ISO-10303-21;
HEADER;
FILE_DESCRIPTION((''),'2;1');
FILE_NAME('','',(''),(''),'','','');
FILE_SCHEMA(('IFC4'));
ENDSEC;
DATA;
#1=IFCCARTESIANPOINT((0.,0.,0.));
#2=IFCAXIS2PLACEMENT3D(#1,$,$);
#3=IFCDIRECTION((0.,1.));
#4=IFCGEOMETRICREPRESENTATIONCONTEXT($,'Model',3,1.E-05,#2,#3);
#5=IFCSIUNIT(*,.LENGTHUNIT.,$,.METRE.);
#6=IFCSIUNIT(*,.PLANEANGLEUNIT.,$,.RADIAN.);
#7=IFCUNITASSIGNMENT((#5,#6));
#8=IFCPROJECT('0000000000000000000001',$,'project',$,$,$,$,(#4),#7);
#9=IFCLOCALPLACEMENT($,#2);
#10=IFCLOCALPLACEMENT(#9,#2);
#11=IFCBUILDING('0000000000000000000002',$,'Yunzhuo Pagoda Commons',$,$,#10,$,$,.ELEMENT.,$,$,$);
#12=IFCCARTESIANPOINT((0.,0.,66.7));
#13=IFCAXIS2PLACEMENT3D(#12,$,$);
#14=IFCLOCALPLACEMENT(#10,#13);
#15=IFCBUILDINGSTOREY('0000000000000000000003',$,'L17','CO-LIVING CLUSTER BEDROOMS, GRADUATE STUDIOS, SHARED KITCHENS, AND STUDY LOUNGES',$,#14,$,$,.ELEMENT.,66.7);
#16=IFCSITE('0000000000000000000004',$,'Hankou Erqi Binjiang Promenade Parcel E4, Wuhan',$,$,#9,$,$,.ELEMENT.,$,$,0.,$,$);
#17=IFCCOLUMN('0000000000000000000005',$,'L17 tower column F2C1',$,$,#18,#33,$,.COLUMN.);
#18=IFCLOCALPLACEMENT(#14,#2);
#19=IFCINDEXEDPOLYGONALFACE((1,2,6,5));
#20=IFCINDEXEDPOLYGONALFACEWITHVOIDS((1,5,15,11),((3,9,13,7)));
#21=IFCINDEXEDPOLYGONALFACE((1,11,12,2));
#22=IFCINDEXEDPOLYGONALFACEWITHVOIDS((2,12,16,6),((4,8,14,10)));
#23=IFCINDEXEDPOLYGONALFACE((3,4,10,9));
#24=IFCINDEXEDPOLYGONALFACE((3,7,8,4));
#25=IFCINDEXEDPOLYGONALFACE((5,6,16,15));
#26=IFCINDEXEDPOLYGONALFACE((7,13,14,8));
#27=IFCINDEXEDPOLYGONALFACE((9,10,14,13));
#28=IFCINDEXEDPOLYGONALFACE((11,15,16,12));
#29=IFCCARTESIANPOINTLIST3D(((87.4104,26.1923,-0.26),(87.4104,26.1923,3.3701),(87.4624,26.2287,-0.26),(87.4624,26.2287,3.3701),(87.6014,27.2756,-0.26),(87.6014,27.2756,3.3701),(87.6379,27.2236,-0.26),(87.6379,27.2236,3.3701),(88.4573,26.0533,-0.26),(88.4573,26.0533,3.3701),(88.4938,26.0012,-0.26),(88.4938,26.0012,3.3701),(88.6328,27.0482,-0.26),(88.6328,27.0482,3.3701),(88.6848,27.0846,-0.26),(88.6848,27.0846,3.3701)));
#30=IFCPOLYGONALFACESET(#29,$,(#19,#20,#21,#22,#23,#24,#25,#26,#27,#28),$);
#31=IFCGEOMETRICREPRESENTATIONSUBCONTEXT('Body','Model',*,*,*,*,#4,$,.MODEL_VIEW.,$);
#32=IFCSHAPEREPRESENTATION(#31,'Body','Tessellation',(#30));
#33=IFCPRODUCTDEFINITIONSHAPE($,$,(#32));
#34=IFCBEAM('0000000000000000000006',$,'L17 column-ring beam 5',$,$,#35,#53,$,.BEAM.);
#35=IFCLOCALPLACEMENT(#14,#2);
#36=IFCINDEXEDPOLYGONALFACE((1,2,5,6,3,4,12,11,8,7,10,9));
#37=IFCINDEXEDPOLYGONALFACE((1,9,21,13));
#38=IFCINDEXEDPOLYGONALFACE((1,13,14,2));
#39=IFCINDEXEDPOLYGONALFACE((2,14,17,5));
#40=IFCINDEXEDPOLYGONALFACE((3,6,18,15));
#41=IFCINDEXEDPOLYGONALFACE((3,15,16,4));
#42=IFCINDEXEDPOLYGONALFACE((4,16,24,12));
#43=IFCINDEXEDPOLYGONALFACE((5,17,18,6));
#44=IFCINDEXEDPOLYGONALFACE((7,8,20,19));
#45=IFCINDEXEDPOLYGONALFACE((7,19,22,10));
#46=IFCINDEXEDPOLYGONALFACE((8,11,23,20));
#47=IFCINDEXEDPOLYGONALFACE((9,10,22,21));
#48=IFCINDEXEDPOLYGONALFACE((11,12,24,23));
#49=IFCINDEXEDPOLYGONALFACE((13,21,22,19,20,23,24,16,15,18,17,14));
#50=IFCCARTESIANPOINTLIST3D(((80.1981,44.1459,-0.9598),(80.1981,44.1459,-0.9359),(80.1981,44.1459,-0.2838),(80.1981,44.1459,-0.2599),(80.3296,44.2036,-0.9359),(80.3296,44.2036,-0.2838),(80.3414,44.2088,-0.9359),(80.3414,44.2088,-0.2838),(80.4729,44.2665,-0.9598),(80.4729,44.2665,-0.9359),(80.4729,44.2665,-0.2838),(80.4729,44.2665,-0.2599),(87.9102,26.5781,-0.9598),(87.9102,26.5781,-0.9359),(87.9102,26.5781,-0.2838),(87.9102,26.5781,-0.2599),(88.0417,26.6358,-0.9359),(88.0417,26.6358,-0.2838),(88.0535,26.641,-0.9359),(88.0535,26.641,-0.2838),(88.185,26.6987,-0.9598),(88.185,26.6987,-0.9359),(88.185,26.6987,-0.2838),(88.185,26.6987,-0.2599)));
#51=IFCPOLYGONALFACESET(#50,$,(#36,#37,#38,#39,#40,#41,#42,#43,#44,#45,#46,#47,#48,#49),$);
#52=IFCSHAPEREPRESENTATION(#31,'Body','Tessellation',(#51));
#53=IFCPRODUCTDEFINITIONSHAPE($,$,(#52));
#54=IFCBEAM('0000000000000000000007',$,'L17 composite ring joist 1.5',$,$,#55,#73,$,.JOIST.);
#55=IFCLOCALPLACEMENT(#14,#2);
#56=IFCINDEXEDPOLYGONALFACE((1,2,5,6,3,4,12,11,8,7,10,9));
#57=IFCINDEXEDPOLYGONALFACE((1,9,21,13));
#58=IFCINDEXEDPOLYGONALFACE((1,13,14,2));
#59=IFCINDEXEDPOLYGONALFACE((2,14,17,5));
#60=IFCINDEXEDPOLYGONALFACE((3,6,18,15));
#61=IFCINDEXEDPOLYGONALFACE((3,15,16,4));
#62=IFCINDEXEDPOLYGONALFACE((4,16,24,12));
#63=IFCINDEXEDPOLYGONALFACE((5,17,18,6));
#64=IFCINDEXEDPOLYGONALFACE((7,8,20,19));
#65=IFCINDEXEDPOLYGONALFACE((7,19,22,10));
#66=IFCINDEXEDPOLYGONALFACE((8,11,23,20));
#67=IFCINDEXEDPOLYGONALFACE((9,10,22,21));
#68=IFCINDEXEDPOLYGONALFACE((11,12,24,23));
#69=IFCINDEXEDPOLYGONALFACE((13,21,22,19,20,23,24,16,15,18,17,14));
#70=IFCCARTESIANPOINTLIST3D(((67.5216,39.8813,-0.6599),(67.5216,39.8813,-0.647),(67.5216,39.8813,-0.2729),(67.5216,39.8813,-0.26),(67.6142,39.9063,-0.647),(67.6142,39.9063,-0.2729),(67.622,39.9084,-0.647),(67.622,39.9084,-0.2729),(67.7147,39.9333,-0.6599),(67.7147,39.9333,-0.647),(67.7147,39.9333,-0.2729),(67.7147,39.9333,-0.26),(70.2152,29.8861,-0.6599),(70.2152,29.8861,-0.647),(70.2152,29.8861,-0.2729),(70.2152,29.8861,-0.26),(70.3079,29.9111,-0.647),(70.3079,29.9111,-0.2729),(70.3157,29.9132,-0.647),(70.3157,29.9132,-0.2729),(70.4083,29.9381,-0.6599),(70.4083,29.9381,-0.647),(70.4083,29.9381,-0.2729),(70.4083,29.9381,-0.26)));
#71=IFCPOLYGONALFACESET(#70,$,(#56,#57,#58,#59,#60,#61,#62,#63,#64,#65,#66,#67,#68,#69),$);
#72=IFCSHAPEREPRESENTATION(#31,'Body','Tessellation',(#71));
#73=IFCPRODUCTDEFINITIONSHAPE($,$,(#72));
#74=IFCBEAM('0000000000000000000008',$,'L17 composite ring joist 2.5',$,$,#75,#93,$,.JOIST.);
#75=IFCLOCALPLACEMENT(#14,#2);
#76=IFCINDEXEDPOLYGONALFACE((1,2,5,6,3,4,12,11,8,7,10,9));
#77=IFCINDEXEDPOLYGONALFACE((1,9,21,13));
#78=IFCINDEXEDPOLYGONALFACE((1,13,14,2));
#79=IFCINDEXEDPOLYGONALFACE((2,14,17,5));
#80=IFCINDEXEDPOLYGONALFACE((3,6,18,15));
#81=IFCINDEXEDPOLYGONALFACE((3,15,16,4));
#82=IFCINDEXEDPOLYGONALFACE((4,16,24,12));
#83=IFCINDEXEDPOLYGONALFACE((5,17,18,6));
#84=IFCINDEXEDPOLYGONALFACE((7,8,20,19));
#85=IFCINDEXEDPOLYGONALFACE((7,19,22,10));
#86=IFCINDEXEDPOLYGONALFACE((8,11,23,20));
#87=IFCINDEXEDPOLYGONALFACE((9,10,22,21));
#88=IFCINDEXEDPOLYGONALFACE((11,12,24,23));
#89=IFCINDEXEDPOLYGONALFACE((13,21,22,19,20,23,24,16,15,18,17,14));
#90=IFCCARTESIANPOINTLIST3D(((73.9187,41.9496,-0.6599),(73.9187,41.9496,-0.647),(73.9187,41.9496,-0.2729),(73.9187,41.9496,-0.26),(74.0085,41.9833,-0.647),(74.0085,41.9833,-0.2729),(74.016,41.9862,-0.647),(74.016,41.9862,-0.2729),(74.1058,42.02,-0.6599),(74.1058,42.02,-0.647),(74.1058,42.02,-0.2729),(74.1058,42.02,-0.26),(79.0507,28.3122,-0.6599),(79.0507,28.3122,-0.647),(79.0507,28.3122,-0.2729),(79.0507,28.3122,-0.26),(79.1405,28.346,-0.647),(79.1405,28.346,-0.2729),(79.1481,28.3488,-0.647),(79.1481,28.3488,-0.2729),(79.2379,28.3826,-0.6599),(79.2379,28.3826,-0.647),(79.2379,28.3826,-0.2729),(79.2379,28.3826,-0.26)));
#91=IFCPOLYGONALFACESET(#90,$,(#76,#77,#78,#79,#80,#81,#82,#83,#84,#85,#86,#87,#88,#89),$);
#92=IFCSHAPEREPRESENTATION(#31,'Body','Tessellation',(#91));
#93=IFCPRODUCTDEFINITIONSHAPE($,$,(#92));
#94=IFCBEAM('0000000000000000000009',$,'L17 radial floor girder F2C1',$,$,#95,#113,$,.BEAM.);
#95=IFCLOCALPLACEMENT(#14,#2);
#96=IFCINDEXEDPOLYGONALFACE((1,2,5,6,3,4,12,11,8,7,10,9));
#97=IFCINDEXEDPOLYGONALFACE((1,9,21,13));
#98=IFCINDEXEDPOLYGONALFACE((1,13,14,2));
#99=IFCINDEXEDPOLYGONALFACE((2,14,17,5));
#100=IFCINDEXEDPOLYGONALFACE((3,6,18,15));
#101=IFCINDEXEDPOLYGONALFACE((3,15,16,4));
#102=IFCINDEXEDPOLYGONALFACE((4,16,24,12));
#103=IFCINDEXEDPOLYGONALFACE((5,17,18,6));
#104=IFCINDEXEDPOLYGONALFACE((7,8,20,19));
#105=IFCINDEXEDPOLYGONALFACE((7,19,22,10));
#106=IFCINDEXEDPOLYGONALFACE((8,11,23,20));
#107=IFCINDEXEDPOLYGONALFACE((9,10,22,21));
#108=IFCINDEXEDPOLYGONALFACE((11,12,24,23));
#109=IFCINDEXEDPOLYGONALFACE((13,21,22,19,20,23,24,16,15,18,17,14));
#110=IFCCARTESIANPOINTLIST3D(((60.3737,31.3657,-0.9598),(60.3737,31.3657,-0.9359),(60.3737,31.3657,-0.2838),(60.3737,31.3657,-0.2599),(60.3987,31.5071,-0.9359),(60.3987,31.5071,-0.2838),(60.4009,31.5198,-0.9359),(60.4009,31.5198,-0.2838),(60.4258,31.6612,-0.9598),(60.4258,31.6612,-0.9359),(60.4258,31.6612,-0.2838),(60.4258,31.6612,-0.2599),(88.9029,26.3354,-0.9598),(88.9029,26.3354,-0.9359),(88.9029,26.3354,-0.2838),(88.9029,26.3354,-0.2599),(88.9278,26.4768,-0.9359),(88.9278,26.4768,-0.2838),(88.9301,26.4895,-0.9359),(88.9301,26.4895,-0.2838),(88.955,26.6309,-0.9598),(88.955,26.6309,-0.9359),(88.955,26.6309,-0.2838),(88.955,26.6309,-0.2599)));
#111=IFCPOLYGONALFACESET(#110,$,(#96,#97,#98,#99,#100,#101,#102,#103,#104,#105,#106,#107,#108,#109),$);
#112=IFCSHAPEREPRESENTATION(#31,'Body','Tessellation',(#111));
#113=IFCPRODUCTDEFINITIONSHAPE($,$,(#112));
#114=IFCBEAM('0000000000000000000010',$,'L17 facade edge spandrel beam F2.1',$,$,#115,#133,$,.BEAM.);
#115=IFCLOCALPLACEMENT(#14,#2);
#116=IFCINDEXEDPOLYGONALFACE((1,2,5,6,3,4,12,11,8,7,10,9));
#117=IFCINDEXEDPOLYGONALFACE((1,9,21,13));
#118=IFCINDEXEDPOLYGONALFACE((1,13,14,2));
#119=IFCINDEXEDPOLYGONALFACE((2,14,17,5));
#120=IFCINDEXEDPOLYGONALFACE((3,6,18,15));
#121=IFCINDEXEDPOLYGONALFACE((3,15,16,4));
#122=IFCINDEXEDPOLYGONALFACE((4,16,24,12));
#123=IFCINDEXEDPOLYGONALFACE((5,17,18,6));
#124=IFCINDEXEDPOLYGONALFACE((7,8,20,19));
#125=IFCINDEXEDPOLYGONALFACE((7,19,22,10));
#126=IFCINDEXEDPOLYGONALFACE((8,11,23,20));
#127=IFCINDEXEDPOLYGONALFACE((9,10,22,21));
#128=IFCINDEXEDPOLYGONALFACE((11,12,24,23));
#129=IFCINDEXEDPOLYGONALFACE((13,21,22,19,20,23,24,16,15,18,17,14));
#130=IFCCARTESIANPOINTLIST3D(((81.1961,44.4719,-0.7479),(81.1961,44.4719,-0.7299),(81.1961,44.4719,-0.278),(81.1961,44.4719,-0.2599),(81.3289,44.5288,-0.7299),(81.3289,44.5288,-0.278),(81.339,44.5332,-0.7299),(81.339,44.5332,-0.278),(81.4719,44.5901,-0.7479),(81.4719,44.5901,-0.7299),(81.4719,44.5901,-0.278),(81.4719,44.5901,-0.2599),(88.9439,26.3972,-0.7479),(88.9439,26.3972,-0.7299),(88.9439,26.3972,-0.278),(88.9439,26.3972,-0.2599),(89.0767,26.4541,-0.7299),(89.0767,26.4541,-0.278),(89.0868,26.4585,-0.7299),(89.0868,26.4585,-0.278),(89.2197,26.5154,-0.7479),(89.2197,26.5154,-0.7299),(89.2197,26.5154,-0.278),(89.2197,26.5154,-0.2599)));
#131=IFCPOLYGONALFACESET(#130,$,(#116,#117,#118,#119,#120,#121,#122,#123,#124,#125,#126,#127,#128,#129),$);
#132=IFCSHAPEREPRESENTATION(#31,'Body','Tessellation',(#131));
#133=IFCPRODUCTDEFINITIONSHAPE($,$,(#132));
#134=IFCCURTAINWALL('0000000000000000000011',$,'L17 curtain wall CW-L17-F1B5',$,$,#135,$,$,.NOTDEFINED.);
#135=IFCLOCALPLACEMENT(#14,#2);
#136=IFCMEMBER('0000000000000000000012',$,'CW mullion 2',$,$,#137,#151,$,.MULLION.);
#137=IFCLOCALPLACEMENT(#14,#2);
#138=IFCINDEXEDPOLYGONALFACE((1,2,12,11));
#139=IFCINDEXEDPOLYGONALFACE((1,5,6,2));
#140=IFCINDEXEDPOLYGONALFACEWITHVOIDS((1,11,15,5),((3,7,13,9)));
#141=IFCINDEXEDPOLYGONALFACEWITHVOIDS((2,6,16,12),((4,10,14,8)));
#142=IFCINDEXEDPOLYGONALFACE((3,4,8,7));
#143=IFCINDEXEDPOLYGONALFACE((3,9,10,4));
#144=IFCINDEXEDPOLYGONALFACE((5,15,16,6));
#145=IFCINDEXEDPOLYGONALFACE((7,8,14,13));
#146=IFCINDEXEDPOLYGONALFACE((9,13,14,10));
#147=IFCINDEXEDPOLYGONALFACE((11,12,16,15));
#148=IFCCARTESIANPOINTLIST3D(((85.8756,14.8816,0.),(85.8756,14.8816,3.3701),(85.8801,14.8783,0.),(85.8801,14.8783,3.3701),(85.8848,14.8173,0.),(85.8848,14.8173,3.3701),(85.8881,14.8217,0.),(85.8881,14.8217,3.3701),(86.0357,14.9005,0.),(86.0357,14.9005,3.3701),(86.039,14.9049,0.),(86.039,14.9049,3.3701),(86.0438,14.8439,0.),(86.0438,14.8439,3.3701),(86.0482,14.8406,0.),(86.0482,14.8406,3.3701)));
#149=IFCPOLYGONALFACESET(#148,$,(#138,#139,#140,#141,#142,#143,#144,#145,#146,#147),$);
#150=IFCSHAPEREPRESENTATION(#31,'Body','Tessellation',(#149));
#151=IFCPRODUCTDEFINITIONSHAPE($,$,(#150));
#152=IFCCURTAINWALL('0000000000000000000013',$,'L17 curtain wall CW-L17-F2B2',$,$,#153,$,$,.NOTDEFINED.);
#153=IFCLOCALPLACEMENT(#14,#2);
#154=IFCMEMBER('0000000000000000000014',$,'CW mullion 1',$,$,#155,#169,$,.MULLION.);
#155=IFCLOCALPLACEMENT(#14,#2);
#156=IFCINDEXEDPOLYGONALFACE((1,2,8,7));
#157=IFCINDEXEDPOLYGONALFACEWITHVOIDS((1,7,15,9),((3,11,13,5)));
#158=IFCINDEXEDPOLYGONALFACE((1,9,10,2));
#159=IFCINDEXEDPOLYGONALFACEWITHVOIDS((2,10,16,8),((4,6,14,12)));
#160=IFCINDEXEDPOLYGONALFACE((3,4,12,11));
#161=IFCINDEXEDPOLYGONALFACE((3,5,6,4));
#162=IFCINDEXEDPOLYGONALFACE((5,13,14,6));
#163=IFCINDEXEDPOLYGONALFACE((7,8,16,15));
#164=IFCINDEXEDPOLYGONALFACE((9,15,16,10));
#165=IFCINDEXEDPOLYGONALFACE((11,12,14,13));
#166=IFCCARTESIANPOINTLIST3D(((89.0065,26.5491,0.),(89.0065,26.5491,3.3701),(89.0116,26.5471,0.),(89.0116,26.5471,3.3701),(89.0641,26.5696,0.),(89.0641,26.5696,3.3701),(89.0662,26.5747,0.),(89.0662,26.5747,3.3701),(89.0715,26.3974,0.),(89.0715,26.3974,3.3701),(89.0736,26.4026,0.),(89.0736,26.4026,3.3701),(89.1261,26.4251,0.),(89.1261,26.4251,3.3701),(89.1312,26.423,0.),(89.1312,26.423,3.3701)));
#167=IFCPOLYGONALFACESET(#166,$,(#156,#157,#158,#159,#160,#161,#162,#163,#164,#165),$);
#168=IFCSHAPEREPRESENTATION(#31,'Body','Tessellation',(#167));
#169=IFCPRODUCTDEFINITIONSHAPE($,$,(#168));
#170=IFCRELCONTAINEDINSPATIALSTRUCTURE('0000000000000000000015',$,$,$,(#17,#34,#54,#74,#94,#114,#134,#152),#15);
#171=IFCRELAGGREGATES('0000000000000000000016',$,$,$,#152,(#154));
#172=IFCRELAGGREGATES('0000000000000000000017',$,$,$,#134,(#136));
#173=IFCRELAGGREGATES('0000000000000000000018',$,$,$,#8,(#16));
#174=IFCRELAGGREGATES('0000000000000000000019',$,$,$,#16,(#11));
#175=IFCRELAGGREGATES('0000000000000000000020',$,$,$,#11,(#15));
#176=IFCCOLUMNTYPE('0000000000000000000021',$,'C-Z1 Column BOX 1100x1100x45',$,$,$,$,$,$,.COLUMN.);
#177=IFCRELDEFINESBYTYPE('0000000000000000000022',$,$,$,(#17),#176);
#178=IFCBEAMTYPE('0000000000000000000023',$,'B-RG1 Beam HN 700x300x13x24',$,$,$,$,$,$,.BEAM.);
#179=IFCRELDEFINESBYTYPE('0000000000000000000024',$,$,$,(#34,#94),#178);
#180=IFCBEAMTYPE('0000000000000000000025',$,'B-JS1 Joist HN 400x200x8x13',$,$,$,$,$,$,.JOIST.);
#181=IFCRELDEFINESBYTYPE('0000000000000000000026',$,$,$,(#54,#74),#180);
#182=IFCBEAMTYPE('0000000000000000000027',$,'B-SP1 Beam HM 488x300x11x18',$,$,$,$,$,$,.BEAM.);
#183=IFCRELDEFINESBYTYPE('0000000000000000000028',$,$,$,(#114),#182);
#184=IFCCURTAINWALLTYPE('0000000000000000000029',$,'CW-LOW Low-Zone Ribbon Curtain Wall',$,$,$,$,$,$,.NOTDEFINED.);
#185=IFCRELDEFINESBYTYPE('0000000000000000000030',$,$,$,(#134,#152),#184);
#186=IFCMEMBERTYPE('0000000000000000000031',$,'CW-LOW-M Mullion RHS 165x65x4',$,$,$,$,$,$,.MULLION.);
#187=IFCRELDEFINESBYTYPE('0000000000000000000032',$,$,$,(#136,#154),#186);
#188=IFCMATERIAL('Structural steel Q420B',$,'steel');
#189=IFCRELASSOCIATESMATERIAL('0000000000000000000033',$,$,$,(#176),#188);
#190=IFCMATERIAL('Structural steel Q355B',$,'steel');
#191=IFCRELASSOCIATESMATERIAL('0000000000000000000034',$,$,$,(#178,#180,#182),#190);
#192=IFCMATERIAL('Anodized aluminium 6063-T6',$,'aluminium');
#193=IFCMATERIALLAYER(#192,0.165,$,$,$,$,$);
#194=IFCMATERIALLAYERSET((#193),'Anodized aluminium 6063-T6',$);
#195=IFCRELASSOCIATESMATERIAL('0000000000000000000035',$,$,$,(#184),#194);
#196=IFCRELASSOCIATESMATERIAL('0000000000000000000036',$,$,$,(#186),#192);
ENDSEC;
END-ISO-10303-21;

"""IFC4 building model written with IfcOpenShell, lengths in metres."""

from ifc_helpers import new_model, si_unit, direction, frame, origin, origin_2d, place, context, subcontext, project, spatial, hollow_rectangle, i_section, extrude, source, transform, mapped, material, layer, layer_set, material_profile, profile_set, type_object, element, aggregate, save


model = new_model("IFC4")

# Units and contexts
model_context = context("Model", 3, precision=1e-05, world=origin(), true_north=direction((0.0, 1.0)))
body_context = subcontext(model_context, "Body", "Model", "MODEL_VIEW")
ifc_project = project(units=[si_unit("LENGTHUNIT", "METRE"), si_unit("PLANEANGLEUNIT", "RADIAN")], contexts=[model_context])

# Site, building, storey
site_placement = place(None, origin())
site = spatial("IfcSite", under=ifc_project, at=site_placement, Name="Hankou Erqi Binjiang Promenade Parcel E4, Wuhan", CompositionType="ELEMENT", RefElevation=0.0)
building_placement = place(site_placement, origin())
building = spatial("IfcBuilding", under=site, at=building_placement, Name="Yunzhuo Pagoda Commons", CompositionType="ELEMENT")
storey_placement = place(building_placement, frame((0.0, 0.0, 66.7)))
storey = spatial("IfcBuildingStorey", under=building, at=storey_placement, Name="L17", Description="CO-LIVING CLUSTER BEDROOMS, GRADUATE STUDIOS, SHARED KITCHENS, AND STUDY LOUNGES", CompositionType="ELEMENT", Elevation=66.7)

# Column
ifc_material_1 = material(Name="Structural steel Q420B", Category="steel")
ifc_material_profile_1 = material_profile(ifc_material_1, hollow_rectangle(XDim=1.1001, YDim=1.1001, WallThickness=0.0449, at=origin_2d()), Name="Structural steel Q420B")
ifc_profile_set_1 = profile_set([ifc_material_profile_1], Name="Structural steel Q420B")
column_type = type_object("IfcColumnType", Name="C-Z1 Column BOX 1100x1100x45", PredefinedType="COLUMN", material=ifc_profile_set_1)
shared_shape_1 = source(origin(), body_context, "Body", "SweptSolid", [
    extrude(hollow_rectangle(XDim=1.1001, YDim=1.1001, WallThickness=0.0449, at=origin_2d()), origin(), (0.0, 0.0, 1.0), 3.6301),
])
column_placement = place(storey_placement, frame((88.0476, 26.6384, -0.26), z_axis=(0.0, 0.0, 1.0), x_axis=(0.173648, 0.984808, 0.0)))
element("IfcColumn", 1, at=column_placement, inside=storey, type_object=column_type, Name="L17 tower column F2C1", PredefinedType="COLUMN", context=body_context, shape_type="MappedRepresentation", body=[
    mapped(shared_shape_1, transform((0.0, 0.0, 0.0), scale=1.0)),
])

# Beams
ifc_material_2 = material(Name="Structural steel Q355B", Category="steel")
ifc_material_profile_2 = material_profile(ifc_material_2, i_section(OverallWidth=0.3, OverallDepth=0.7, WebThickness=0.0129, FlangeThickness=0.0239, at=origin_2d()), Name="Structural steel Q355B")
ifc_profile_set_2 = profile_set([ifc_material_profile_2], Name="Structural steel Q355B")
beam_type_1 = type_object("IfcBeamType", Name="B-RG1 Beam HN 700x300x13x24", PredefinedType="BEAM", material=ifc_profile_set_2)
shared_shape_2 = source(origin(), body_context, "Body", "SweptSolid", [
    extrude(i_section(OverallWidth=0.3, OverallDepth=0.7, WebThickness=0.0129, FlangeThickness=0.0239, at=origin_2d()), origin(), (0.0, 0.0, 1.0), 19.186),
])
beam_1_placement = place(storey_placement, frame((88.0476, 26.6384, -0.6099), z_axis=(-0.401965, 0.915655, 0.0), x_axis=(-0.915655, -0.401965, 0.0)))
element("IfcBeam", 2, at=beam_1_placement, inside=storey, type_object=beam_type_1, Name="L17 column-ring beam 5", PredefinedType="BEAM", context=body_context, shape_type="MappedRepresentation", body=[
    mapped(shared_shape_2, transform((0.0, 0.0, 0.0), scale=1.0)),
])
ifc_material_profile_3 = material_profile(ifc_material_2, i_section(OverallWidth=0.2, OverallDepth=0.3999, WebThickness=0.0081, FlangeThickness=0.0129, at=origin_2d()), Name="Structural steel Q355B")
ifc_profile_set_3 = profile_set([ifc_material_profile_3], Name="Structural steel Q355B")
beam_type_2 = type_object("IfcBeamType", Name="B-JS1 Joist HN 400x200x8x13", PredefinedType="JOIST", material=ifc_profile_set_3)
shared_shape_3 = source(origin(), body_context, "Body", "SweptSolid", [
    extrude(i_section(OverallWidth=0.2, OverallDepth=0.3999, WebThickness=0.0081, FlangeThickness=0.0129, at=origin_2d()), origin(), (0.0, 0.0, 1.0), 10.3518),
])
beam_2_placement = place(storey_placement, frame((70.3118, 29.9121, -0.46), z_axis=(-0.260209, 0.965552, 0.0), x_axis=(-0.965552, -0.260209, 0.0)))
element("IfcBeam", 3, at=beam_2_placement, inside=storey, type_object=beam_type_2, Name="L17 composite ring joist 1.5", PredefinedType="JOIST", context=body_context, shape_type="MappedRepresentation", body=[
    mapped(shared_shape_3, transform((0.0, 0.0, 0.0), scale=1.0)),
])
shared_shape_4 = source(origin(), body_context, "Body", "SweptSolid", [
    extrude(i_section(OverallWidth=0.2, OverallDepth=0.3999, WebThickness=0.0081, FlangeThickness=0.0129, at=origin_2d()), origin(), (0.0, 0.0, 1.0), 14.571),
])
beam_3_placement = place(storey_placement, frame((79.1443, 28.3474, -0.46), z_axis=(-0.352208, 0.935922, 0.0), x_axis=(-0.935922, -0.352208, 0.0)))
element("IfcBeam", 4, at=beam_3_placement, inside=storey, type_object=beam_type_2, Name="L17 composite ring joist 2.5", PredefinedType="JOIST", context=body_context, shape_type="MappedRepresentation", body=[
    mapped(shared_shape_4, transform((0.0, 0.0, 0.0), scale=1.0)),
])
shared_shape_5 = source(origin(), body_context, "Body", "SweptSolid", [
    extrude(i_section(OverallWidth=0.3, OverallDepth=0.7, WebThickness=0.0129, FlangeThickness=0.0239, at=origin_2d()), origin(), (0.0, 0.0, 1.0), 28.9692),
])
beam_4_placement = place(storey_placement, frame((88.929, 26.4832, -0.6099), z_axis=(-0.984809, 0.173643, 0.0), x_axis=(-0.173643, -0.984809, 0.0)))
element("IfcBeam", 5, at=beam_4_placement, inside=storey, type_object=beam_type_1, Name="L17 radial floor girder F2C1", PredefinedType="BEAM", context=body_context, shape_type="MappedRepresentation", body=[
    mapped(shared_shape_5, transform((0.0, 0.0, 0.0), scale=1.0)),
])
ifc_material_profile_4 = material_profile(ifc_material_2, i_section(OverallWidth=0.3, OverallDepth=0.488, WebThickness=0.011, FlangeThickness=0.0181, at=origin_2d()), Name="Structural steel Q355B")
ifc_profile_set_4 = profile_set([ifc_material_profile_4], Name="Structural steel Q355B")
beam_type_3 = type_object("IfcBeamType", Name="B-SP1 Beam HM 488x300x11x18", PredefinedType="BEAM", material=ifc_profile_set_4)
shared_shape_6 = source(origin(), body_context, "Body", "SweptSolid", [
    extrude(i_section(OverallWidth=0.3, OverallDepth=0.488, WebThickness=0.011, FlangeThickness=0.0181, at=origin_2d()), origin(), (0.0, 0.0, 1.0), 19.6653),
])
beam_5_placement = place(storey_placement, frame((89.0818, 26.4563, -0.5039), z_axis=(-0.393984, 0.919117, 0.0), x_axis=(-0.919117, -0.393984, 0.0)))
element("IfcBeam", 6, at=beam_5_placement, inside=storey, type_object=beam_type_3, Name="L17 facade edge spandrel beam F2.1", PredefinedType="BEAM", context=body_context, shape_type="MappedRepresentation", body=[
    mapped(shared_shape_6, transform((0.0, 0.0, 0.0), scale=1.0)),
])

# Curtain walls, members
ifc_material_3 = material(Name="Anodized aluminium 6063-T6", Category="aluminium")
ifc_layer_1 = layer(ifc_material_3, 0.165)
ifc_layer_set_1 = layer_set([ifc_layer_1], Name="Anodized aluminium 6063-T6")
curtain_wall_type_1 = type_object("IfcCurtainWallType", Name="CW-LOW Low-Zone Ribbon Curtain Wall", PredefinedType="NOTDEFINED", material=ifc_layer_set_1)
curtain_wall_1_placement = place(storey_placement, origin())
curtain_wall_1 = element("IfcCurtainWall", 7, at=curtain_wall_1_placement, inside=storey, type_object=curtain_wall_type_1, Name="L17 curtain wall CW-L17-F1B5", PredefinedType="NOTDEFINED")
ifc_material_profile_5 = material_profile(ifc_material_3, hollow_rectangle(XDim=0.0649, YDim=0.165, WallThickness=0.0039, at=origin_2d()), Name="Anodized aluminium 6063-T6")
ifc_profile_set_5 = profile_set([ifc_material_profile_5], Name="Anodized aluminium 6063-T6")
member_type_1 = type_object("IfcMemberType", Name="CW-LOW-M Mullion RHS 165x65x4", PredefinedType="MULLION", material=ifc_profile_set_5)
shared_shape_7 = source(origin(), body_context, "Body", "SweptSolid", [
    extrude(hollow_rectangle(XDim=0.0649, YDim=0.165, WallThickness=0.0039, at=origin_2d()), origin(), (0.0, 0.0, 1.0), 3.3701),
])
member_1_placement = place(storey_placement, frame((85.9619, 14.8611, 0.0), z_axis=(0.0, 0.0, 1.0), x_axis=(-0.14114, 0.98999, 0.0)))
member_1 = element("IfcMember", 8, at=member_1_placement, type_object=member_type_1, Name="CW mullion 2", PredefinedType="MULLION", context=body_context, shape_type="MappedRepresentation", body=[
    mapped(shared_shape_7, transform((0.0, 0.0, 0.0), scale=1.0)),
])
curtain_wall_2_placement = place(storey_placement, origin())
curtain_wall_2 = element("IfcCurtainWall", 9, at=curtain_wall_2_placement, inside=storey, type_object=curtain_wall_type_1, Name="L17 curtain wall CW-L17-F2B2", PredefinedType="NOTDEFINED")
member_2_placement = place(storey_placement, frame((89.0688, 26.4861, 0.0), z_axis=(0.0, 0.0, 1.0), x_axis=(-0.919121, -0.393975, 0.0)))
member_2 = element("IfcMember", 10, at=member_2_placement, type_object=member_type_1, Name="CW mullion 1", PredefinedType="MULLION", context=body_context, shape_type="MappedRepresentation", body=[
    mapped(shared_shape_7, transform((0.0, 0.0, 0.0), scale=1.0)),
])

aggregate(curtain_wall_2, [member_2])

aggregate(curtain_wall_1, [member_1])

save(model, "model.ifc")
